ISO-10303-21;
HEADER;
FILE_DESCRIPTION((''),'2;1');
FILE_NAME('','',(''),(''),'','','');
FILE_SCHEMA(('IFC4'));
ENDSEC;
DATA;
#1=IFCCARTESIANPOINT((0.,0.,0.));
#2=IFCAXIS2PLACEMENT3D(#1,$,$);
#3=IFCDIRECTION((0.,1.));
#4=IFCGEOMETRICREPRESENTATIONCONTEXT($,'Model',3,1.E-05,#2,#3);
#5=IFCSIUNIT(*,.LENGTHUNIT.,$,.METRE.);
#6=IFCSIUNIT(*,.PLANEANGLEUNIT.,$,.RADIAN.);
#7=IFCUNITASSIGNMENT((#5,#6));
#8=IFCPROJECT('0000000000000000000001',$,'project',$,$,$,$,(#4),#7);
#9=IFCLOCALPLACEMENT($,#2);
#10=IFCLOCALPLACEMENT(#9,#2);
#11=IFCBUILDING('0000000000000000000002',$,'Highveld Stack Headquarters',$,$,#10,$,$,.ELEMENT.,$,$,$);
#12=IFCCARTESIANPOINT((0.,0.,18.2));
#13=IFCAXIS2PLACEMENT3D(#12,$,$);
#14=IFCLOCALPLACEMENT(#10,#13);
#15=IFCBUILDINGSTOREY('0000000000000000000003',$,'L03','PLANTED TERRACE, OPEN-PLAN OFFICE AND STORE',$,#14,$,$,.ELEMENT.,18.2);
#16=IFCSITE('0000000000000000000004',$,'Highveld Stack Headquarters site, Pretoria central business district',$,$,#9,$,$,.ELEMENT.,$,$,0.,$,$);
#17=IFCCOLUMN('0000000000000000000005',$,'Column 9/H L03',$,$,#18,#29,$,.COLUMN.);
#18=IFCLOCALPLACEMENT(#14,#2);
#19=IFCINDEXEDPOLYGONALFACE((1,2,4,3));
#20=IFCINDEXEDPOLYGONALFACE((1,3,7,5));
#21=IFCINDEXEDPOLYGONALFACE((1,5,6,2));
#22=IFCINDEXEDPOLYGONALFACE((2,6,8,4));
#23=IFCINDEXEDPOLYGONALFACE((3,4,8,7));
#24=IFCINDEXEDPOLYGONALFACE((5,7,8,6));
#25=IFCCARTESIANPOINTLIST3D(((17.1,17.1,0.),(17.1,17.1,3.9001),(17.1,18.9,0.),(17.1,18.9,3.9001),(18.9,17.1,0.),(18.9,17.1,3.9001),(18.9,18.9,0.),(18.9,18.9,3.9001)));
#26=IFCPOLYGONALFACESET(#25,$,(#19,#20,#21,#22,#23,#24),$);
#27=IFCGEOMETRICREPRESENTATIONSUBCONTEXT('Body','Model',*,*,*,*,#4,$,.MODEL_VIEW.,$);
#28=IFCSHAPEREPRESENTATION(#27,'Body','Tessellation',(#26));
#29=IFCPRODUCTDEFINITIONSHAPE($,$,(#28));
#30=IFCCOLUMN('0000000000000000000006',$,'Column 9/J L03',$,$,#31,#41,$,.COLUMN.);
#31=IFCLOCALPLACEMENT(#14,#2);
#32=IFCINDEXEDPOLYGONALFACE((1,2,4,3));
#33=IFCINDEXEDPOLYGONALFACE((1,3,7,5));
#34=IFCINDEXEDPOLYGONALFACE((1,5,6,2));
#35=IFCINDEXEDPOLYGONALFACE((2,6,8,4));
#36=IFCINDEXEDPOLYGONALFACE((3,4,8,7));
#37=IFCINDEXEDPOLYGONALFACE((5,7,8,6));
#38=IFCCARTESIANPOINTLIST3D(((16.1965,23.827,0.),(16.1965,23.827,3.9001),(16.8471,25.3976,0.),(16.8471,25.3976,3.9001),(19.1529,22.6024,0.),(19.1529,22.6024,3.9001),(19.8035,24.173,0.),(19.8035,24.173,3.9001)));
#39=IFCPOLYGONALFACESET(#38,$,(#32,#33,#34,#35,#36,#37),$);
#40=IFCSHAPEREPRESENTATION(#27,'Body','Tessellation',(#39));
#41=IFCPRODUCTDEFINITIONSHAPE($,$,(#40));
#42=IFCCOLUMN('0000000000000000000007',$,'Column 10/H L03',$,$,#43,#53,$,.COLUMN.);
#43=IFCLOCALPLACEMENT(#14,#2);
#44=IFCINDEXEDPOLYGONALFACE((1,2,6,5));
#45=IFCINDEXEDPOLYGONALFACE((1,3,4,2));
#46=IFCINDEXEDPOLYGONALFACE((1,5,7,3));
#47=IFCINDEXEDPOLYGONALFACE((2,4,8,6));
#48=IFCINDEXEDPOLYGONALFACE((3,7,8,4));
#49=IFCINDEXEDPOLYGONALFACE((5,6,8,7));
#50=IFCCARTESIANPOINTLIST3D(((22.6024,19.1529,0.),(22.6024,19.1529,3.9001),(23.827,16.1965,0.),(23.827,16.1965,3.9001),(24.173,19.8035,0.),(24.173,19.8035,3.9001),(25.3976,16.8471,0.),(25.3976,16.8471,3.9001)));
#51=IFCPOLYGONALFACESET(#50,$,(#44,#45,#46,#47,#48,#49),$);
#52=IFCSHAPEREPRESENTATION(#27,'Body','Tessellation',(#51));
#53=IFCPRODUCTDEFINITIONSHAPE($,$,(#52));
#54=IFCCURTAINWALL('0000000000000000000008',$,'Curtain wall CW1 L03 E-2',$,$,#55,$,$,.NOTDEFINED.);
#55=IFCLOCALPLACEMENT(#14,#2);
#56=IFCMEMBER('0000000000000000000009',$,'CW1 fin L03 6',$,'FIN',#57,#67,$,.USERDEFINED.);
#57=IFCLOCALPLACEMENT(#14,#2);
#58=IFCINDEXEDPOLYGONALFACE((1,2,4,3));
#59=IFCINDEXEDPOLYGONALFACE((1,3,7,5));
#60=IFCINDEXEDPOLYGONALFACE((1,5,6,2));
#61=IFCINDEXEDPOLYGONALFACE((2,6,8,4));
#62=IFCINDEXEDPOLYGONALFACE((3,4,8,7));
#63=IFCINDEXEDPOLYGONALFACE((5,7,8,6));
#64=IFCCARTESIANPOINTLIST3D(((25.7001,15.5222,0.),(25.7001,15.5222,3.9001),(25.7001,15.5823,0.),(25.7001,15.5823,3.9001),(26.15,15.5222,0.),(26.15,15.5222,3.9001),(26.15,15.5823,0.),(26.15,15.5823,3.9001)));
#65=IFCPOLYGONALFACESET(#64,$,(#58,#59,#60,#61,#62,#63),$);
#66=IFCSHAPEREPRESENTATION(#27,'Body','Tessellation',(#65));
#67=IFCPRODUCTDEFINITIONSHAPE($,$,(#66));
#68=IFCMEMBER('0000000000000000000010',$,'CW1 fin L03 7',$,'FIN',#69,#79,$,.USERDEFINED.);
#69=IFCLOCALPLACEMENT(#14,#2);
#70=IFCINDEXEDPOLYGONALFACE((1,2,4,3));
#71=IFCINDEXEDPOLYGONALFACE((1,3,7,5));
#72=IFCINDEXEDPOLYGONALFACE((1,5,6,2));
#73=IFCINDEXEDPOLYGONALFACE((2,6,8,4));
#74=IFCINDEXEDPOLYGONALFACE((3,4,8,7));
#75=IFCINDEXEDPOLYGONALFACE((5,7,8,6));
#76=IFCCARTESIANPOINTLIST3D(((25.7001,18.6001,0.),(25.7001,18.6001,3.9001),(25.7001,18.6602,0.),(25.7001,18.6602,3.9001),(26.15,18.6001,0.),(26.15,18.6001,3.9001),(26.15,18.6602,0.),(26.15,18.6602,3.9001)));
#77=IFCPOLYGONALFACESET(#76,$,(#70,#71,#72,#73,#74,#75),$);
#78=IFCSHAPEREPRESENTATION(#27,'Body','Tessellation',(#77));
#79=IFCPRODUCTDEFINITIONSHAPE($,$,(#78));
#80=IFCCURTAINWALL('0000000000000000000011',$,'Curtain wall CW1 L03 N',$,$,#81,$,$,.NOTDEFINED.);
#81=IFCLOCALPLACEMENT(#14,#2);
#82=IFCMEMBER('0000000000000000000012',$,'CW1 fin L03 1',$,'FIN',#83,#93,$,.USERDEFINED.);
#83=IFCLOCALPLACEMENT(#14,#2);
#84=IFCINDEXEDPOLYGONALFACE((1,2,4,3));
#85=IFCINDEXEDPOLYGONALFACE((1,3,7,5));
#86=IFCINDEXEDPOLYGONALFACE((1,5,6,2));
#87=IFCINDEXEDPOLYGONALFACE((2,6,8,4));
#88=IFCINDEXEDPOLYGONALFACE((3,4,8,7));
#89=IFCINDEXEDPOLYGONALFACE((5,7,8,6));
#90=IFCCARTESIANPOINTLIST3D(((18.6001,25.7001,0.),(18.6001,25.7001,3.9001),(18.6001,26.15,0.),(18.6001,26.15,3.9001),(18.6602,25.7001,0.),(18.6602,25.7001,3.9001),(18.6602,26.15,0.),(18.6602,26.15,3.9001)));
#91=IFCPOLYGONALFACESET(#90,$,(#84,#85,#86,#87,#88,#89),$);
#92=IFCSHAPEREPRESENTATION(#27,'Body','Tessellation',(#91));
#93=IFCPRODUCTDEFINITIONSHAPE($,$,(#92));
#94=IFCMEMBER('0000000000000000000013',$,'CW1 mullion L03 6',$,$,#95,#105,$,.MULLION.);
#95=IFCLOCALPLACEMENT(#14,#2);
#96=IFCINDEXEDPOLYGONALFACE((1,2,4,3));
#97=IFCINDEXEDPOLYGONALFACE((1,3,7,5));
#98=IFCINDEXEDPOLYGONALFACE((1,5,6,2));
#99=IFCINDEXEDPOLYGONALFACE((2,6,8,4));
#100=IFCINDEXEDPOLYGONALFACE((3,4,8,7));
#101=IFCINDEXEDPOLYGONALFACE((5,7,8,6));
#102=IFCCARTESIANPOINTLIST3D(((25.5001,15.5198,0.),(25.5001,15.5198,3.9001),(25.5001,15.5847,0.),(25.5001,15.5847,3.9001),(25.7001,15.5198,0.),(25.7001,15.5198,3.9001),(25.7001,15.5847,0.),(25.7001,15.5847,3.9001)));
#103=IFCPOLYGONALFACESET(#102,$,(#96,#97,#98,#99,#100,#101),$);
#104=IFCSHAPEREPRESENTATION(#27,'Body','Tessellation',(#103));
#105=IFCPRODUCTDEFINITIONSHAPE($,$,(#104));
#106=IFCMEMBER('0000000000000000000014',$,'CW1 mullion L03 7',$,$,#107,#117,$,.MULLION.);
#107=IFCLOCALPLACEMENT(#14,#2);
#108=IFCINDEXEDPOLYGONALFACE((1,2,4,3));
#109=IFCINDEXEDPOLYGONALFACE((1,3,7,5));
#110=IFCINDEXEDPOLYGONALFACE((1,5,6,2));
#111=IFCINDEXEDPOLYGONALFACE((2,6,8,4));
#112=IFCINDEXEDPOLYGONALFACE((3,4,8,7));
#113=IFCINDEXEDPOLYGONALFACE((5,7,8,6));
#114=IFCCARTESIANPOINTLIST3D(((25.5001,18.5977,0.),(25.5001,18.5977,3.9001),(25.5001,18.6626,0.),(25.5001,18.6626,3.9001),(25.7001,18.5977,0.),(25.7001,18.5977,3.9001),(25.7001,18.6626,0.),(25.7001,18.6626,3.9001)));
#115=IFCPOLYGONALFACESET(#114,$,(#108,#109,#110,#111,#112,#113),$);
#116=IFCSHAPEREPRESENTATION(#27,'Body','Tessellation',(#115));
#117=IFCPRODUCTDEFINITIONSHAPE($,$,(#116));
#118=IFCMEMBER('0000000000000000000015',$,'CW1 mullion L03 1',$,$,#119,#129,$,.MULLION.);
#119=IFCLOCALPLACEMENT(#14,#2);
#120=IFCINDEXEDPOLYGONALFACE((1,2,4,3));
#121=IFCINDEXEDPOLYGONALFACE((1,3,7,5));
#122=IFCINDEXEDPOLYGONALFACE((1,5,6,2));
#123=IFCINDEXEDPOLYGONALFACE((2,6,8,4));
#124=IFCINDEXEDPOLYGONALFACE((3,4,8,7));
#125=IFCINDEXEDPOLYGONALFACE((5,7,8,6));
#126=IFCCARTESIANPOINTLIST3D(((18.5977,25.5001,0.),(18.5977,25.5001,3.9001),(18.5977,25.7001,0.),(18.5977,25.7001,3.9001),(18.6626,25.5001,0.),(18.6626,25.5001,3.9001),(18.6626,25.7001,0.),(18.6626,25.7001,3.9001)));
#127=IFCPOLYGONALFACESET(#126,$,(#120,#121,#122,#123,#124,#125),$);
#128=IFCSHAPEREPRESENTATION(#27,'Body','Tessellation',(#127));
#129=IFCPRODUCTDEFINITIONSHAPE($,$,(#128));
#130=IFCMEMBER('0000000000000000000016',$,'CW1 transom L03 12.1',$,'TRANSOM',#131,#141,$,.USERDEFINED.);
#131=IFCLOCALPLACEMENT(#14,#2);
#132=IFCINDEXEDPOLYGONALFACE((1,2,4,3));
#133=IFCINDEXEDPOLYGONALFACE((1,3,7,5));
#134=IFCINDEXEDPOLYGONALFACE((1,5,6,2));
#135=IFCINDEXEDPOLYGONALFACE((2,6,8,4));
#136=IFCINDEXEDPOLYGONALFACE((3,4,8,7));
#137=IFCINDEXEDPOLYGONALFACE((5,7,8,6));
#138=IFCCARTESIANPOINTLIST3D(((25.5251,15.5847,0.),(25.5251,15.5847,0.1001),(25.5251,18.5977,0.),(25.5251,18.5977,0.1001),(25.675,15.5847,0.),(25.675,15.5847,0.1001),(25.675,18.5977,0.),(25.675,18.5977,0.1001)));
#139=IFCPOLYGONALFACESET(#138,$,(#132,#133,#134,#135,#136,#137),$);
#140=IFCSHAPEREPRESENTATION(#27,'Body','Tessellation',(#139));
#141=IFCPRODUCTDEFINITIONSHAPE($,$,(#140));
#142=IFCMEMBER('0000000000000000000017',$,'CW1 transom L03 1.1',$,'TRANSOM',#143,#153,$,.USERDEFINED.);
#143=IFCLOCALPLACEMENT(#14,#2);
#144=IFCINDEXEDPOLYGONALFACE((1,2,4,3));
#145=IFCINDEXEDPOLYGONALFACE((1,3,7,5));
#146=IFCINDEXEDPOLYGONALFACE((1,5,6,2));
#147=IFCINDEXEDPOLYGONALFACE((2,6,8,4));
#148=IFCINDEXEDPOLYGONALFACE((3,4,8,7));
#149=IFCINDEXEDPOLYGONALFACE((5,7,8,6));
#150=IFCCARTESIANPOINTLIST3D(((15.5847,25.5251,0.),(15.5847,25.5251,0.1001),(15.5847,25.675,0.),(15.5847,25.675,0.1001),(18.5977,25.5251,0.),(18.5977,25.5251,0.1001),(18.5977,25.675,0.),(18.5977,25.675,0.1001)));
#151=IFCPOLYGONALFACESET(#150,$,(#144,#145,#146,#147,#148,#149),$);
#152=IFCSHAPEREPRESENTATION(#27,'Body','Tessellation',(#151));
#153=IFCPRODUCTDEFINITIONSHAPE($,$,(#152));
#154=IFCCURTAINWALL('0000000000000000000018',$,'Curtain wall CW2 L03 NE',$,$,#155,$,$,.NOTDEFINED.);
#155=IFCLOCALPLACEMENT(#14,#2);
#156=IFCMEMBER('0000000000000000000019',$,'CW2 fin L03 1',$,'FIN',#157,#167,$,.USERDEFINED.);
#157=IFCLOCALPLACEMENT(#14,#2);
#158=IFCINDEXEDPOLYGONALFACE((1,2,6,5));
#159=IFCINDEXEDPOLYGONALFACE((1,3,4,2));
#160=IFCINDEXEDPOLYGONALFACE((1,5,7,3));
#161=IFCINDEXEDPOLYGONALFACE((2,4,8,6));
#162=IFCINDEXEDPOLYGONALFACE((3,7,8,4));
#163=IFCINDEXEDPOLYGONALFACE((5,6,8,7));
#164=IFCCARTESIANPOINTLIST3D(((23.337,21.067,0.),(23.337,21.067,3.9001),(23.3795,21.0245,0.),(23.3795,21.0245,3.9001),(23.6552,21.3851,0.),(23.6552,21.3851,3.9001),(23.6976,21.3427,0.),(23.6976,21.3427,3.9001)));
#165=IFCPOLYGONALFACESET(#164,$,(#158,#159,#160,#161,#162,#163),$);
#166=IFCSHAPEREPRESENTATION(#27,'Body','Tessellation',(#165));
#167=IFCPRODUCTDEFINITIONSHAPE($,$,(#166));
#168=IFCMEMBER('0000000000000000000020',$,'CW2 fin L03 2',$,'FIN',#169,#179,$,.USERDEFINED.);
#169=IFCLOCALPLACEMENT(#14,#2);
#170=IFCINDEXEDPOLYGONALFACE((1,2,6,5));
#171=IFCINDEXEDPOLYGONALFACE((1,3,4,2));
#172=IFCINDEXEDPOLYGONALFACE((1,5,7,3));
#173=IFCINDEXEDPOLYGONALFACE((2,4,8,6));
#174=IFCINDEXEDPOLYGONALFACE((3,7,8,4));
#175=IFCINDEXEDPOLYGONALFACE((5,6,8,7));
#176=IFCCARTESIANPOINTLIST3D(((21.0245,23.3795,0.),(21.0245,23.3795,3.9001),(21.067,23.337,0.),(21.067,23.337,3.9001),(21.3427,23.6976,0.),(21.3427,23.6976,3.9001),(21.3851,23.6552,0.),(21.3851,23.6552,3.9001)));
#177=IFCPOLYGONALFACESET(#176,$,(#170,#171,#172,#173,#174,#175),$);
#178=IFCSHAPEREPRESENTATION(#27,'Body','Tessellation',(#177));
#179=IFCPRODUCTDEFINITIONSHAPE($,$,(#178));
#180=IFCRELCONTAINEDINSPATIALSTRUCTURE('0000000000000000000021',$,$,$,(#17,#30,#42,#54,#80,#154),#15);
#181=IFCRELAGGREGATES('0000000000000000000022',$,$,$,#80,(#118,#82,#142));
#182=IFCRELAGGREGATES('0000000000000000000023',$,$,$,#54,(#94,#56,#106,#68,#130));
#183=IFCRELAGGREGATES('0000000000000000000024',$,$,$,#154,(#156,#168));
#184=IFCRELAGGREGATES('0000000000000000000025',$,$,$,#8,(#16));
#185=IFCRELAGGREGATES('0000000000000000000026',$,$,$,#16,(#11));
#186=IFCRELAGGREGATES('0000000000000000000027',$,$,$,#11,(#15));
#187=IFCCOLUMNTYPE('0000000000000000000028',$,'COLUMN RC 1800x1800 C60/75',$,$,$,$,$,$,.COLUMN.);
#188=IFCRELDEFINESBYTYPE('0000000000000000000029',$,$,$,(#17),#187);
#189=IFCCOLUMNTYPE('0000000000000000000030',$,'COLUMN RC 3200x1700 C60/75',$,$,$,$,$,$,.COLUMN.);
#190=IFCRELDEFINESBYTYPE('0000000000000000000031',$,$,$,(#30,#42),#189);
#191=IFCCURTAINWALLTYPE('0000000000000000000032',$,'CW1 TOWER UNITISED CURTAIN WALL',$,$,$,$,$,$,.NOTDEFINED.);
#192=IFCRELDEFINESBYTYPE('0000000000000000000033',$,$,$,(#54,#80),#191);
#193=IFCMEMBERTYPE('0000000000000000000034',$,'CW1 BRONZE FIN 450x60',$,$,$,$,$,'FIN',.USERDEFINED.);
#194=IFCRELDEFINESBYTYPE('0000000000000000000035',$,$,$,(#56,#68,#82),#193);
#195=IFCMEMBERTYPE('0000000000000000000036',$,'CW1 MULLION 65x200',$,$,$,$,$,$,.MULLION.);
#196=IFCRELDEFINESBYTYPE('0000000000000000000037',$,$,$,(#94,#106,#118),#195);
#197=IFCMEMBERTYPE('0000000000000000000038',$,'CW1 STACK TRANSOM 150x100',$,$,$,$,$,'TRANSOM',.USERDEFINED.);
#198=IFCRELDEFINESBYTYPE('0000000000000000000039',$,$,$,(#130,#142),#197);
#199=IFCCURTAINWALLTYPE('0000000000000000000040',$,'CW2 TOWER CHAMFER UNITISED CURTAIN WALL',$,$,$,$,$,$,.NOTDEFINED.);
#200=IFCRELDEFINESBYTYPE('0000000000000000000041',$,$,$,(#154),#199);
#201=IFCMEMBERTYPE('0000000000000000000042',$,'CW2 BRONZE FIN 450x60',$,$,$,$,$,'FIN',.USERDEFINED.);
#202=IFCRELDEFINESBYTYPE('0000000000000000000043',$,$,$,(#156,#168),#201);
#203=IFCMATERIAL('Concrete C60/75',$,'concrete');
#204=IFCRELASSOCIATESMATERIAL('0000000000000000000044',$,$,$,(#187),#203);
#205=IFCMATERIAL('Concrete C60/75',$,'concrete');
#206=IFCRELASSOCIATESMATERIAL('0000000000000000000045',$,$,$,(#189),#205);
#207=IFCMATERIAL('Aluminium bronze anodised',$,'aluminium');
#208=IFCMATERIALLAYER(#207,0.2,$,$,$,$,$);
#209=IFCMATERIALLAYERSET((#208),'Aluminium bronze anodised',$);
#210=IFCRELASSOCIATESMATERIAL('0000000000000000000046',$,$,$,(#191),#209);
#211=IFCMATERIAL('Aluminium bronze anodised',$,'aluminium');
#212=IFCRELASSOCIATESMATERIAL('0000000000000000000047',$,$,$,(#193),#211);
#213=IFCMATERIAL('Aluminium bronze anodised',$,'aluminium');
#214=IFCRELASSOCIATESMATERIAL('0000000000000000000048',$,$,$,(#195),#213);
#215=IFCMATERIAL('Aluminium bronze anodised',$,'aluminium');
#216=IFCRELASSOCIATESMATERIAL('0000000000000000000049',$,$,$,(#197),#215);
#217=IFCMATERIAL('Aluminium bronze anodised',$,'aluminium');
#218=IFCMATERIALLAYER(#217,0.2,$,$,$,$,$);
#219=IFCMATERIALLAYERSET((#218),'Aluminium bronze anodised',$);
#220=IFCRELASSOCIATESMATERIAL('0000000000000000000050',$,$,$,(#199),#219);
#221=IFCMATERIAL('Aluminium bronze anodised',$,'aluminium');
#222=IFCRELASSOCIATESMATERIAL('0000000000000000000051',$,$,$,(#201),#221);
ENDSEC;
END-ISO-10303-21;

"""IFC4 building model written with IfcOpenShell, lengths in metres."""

from ifc_helpers import new_model, si_unit, direction, frame, origin, origin_2d, place, context, subcontext, project, spatial, rectangle, extrude, material, layer, layer_set, material_profile, profile_set, type_object, element, aggregate, save


model = new_model("IFC4")

# Units and contexts
model_context = context("Model", 3, precision=1e-05, world=origin(), true_north=direction((0.0, 1.0)))
body_context = subcontext(model_context, "Body", "Model", "MODEL_VIEW")
ifc_project = project(units=[si_unit("LENGTHUNIT", "METRE"), si_unit("PLANEANGLEUNIT", "RADIAN")], contexts=[model_context])

# Site, building, storey
site_placement = place(None, origin())
site = spatial("IfcSite", under=ifc_project, at=site_placement, Name="Highveld Stack Headquarters site, Pretoria central business district", CompositionType="ELEMENT", RefElevation=0.0)
building_placement = place(site_placement, origin())
building = spatial("IfcBuilding", under=site, at=building_placement, Name="Highveld Stack Headquarters", CompositionType="ELEMENT")
storey_placement = place(building_placement, frame((0.0, 0.0, 18.2)))
storey = spatial("IfcBuildingStorey", under=building, at=storey_placement, Name="L03", Description="PLANTED TERRACE, OPEN-PLAN OFFICE AND STORE", CompositionType="ELEMENT", Elevation=18.2)

# Columns
ifc_material_1 = material(Name="Concrete C60/75", Category="concrete")
ifc_material_profile_1 = material_profile(ifc_material_1, rectangle(XDim=1.8, YDim=1.8, at=origin_2d()), Name="RC 1800x1800")
ifc_profile_set_1 = profile_set([ifc_material_profile_1], Name="Concrete C60/75")
column_type_1 = type_object("IfcColumnType", Name="COLUMN RC 1800x1800 C60/75", PredefinedType="COLUMN", material=ifc_profile_set_1)
column_placement = place(storey_placement, frame((18.0, 18.0, 0.0), z_axis=(0.0, 0.0, 1.0), x_axis=(1.0, 0.0, 0.0)))
element("IfcColumn", 1, at=column_placement, inside=storey, type_object=column_type_1, Name="Column 9/H L03", PredefinedType="COLUMN", context=body_context, shape_type="SweptSolid", body=[
    extrude(rectangle(XDim=1.8, YDim=1.8, at=origin_2d()), origin(), (0.0, 0.0, 1.0), 3.9001),
])
ifc_material_2 = material(Name="Concrete C60/75", Category="concrete")
ifc_material_profile_2 = material_profile(ifc_material_2, rectangle(XDim=3.2, YDim=1.7, at=origin_2d()), Name="RC 3200x1700")
ifc_profile_set_2 = profile_set([ifc_material_profile_2], Name="Concrete C60/75")
column_type_2 = type_object("IfcColumnType", Name="COLUMN RC 3200x1700 C60/75", PredefinedType="COLUMN", material=ifc_profile_set_2)
for number, where, z_axis, x_axis, name in (
    (2, (18.0, 24.0, 0.0), (0.0, 0.0, 1.0), (0.92388, -0.382683, 0.0), "Column 9/J L03"),
    (3, (24.0, 18.0, 0.0), (0.0, 0.0, 1.0), (0.382683, -0.92388, 0.0), "Column 10/H L03"),
):
    element("IfcColumn", number, at=place(storey_placement, frame(where, z_axis=z_axis, x_axis=x_axis)), inside=storey, type_object=column_type_2, Name=name, PredefinedType="COLUMN", context=body_context, shape_type="SweptSolid", body=[
        extrude(rectangle(XDim=3.2, YDim=1.7, at=origin_2d()), origin(), (0.0, 0.0, 1.0), 3.9001),
    ])

# Curtain wall, members
ifc_material_3 = material(Name="Aluminium bronze anodised", Category="aluminium")
ifc_layer_1 = layer(ifc_material_3, 0.2)
ifc_layer_set_1 = layer_set([ifc_layer_1], Name="Aluminium bronze anodised")
curtain_wall_type_1 = type_object("IfcCurtainWallType", Name="CW1 TOWER UNITISED CURTAIN WALL", PredefinedType="NOTDEFINED", material=ifc_layer_set_1)
curtain_wall_1_placement = place(storey_placement, origin())
curtain_wall_1 = element("IfcCurtainWall", 4, at=curtain_wall_1_placement, inside=storey, type_object=curtain_wall_type_1, Name="Curtain wall CW1 L03 E-2", PredefinedType="NOTDEFINED")
ifc_material_4 = material(Name="Aluminium bronze anodised", Category="aluminium")
ifc_material_profile_3 = material_profile(ifc_material_4, rectangle(XDim=0.45, YDim=0.0601, at=origin_2d()), Name="FIN 450x60")
ifc_profile_set_3 = profile_set([ifc_material_profile_3], Name="Aluminium bronze anodised")
member_type_1 = type_object("IfcMemberType", Name="CW1 BRONZE FIN 450x60", ElementType="FIN", PredefinedType="USERDEFINED", material=ifc_profile_set_3)
member_1_placement = place(storey_placement, frame((25.925, 15.5522, 0.0), z_axis=(0.0, 0.0, 1.0), x_axis=(-1.0, 0.0, 0.0)))
member_1 = element("IfcMember", 5, at=member_1_placement, type_object=member_type_1, Name="CW1 fin L03 6", ObjectType="FIN", PredefinedType="USERDEFINED", context=body_context, shape_type="SweptSolid", body=[
    extrude(rectangle(XDim=0.45, YDim=0.0601, at=origin_2d()), origin(), (0.0, 0.0, 1.0), 3.9001),
])
member_2_placement = place(storey_placement, frame((25.925, 18.6301, 0.0), z_axis=(0.0, 0.0, 1.0), x_axis=(-1.0, 0.0, 0.0)))
member_2 = element("IfcMember", 6, at=member_2_placement, type_object=member_type_1, Name="CW1 fin L03 7", ObjectType="FIN", PredefinedType="USERDEFINED", context=body_context, shape_type="SweptSolid", body=[
    extrude(rectangle(XDim=0.45, YDim=0.0601, at=origin_2d()), origin(), (0.0, 0.0, 1.0), 3.9001),
])

# Curtain wall, member
curtain_wall_2_placement = place(storey_placement, origin())
curtain_wall_2 = element("IfcCurtainWall", 7, at=curtain_wall_2_placement, inside=storey, type_object=curtain_wall_type_1, Name="Curtain wall CW1 L03 N", PredefinedType="NOTDEFINED")
member_3_placement = place(storey_placement, frame((18.6301, 25.925, 0.0), z_axis=(0.0, 0.0, 1.0), x_axis=(0.0, -1.0, 0.0)))
member_3 = element("IfcMember", 8, at=member_3_placement, type_object=member_type_1, Name="CW1 fin L03 1", ObjectType="FIN", PredefinedType="USERDEFINED", context=body_context, shape_type="SweptSolid", body=[
    extrude(rectangle(XDim=0.45, YDim=0.0601, at=origin_2d()), origin(), (0.0, 0.0, 1.0), 3.9001),
])

# Members
ifc_material_5 = material(Name="Aluminium bronze anodised", Category="aluminium")
ifc_material_profile_4 = material_profile(ifc_material_5, rectangle(XDim=0.2, YDim=0.0649, at=origin_2d()), Name="CW1 MULLION 65x200")
ifc_profile_set_4 = profile_set([ifc_material_profile_4], Name="Aluminium bronze anodised")
member_type_2 = type_object("IfcMemberType", Name="CW1 MULLION 65x200", PredefinedType="MULLION", material=ifc_profile_set_4)
member_4_placement = place(storey_placement, frame((25.6001, 15.5522, 0.0), z_axis=(0.0, 0.0, 1.0), x_axis=(-1.0, 0.0, 0.0)))
member_4 = element("IfcMember", 9, at=member_4_placement, type_object=member_type_2, Name="CW1 mullion L03 6", PredefinedType="MULLION", context=body_context, shape_type="SweptSolid", body=[
    extrude(rectangle(XDim=0.2, YDim=0.0649, at=origin_2d()), origin(), (0.0, 0.0, 1.0), 3.9001),
])
member_5_placement = place(storey_placement, frame((25.6001, 18.6301, 0.0), z_axis=(0.0, 0.0, 1.0), x_axis=(-1.0, 0.0, 0.0)))
member_5 = element("IfcMember", 10, at=member_5_placement, type_object=member_type_2, Name="CW1 mullion L03 7", PredefinedType="MULLION", context=body_context, shape_type="SweptSolid", body=[
    extrude(rectangle(XDim=0.2, YDim=0.0649, at=origin_2d()), origin(), (0.0, 0.0, 1.0), 3.9001),
])
member_6_placement = place(storey_placement, frame((18.6301, 25.6001, 0.0), z_axis=(0.0, 0.0, 1.0), x_axis=(0.0, -1.0, 0.0)))
member_6 = element("IfcMember", 11, at=member_6_placement, type_object=member_type_2, Name="CW1 mullion L03 1", PredefinedType="MULLION", context=body_context, shape_type="SweptSolid", body=[
    extrude(rectangle(XDim=0.2, YDim=0.0649, at=origin_2d()), origin(), (0.0, 0.0, 1.0), 3.9001),
])
ifc_material_6 = material(Name="Aluminium bronze anodised", Category="aluminium")
ifc_material_profile_5 = material_profile(ifc_material_6, rectangle(XDim=0.1499, YDim=0.1001, at=origin_2d()), Name="CW1 TRANSOM 150x100")
ifc_profile_set_5 = profile_set([ifc_material_profile_5], Name="Aluminium bronze anodised")
member_type_3 = type_object("IfcMemberType", Name="CW1 STACK TRANSOM 150x100", ElementType="TRANSOM", PredefinedType="USERDEFINED", material=ifc_profile_set_5)
member_7_placement = place(storey_placement, frame((25.6001, 15.5847, 0.05), z_axis=(0.0, 1.0, 0.0), x_axis=(-1.0, 0.0, 0.0)))
member_7 = element("IfcMember", 12, at=member_7_placement, type_object=member_type_3, Name="CW1 transom L03 12.1", ObjectType="TRANSOM", PredefinedType="USERDEFINED", context=body_context, shape_type="SweptSolid", body=[
    extrude(rectangle(XDim=0.1499, YDim=0.1001, at=origin_2d()), origin(), (0.0, 0.0, 1.0), 3.0129),
])
member_8_placement = place(storey_placement, frame((18.5977, 25.6001, 0.05), z_axis=(-1.0, 0.0, 0.0), x_axis=(0.0, -1.0, 0.0)))
member_8 = element("IfcMember", 13, at=member_8_placement, type_object=member_type_3, Name="CW1 transom L03 1.1", ObjectType="TRANSOM", PredefinedType="USERDEFINED", context=body_context, shape_type="SweptSolid", body=[
    extrude(rectangle(XDim=0.1499, YDim=0.1001, at=origin_2d()), origin(), (0.0, 0.0, 1.0), 3.0129),
])
aggregate(curtain_wall_2, [member_6, member_3, member_8])

# Curtain wall, members
ifc_material_7 = material(Name="Aluminium bronze anodised", Category="aluminium")
ifc_layer_2 = layer(ifc_material_7, 0.2)
ifc_layer_set_2 = layer_set([ifc_layer_2], Name="Aluminium bronze anodised")
curtain_wall_type_2 = type_object("IfcCurtainWallType", Name="CW2 TOWER CHAMFER UNITISED CURTAIN WALL", PredefinedType="NOTDEFINED", material=ifc_layer_set_2)
curtain_wall_3_placement = place(storey_placement, origin())
curtain_wall_3 = element("IfcCurtainWall", 14, at=curtain_wall_3_placement, inside=storey, type_object=curtain_wall_type_2, Name="Curtain wall CW2 L03 NE", PredefinedType="NOTDEFINED")
ifc_material_8 = material(Name="Aluminium bronze anodised", Category="aluminium")
ifc_material_profile_6 = material_profile(ifc_material_8, rectangle(XDim=0.45, YDim=0.0601, at=origin_2d()), Name="FIN 450x60")
ifc_profile_set_6 = profile_set([ifc_material_profile_6], Name="Aluminium bronze anodised")
member_type_4 = type_object("IfcMemberType", Name="CW2 BRONZE FIN 450x60", ElementType="FIN", PredefinedType="USERDEFINED", material=ifc_profile_set_6)
member_9_placement = place(storey_placement, frame((23.5173, 21.2048, 0.0), z_axis=(0.0, 0.0, 1.0), x_axis=(-0.707107, -0.707107, 0.0)))
member_9 = element("IfcMember", 15, at=member_9_placement, type_object=member_type_4, Name="CW2 fin L03 1", ObjectType="FIN", PredefinedType="USERDEFINED", context=body_context, shape_type="SweptSolid", body=[
    extrude(rectangle(XDim=0.45, YDim=0.0601, at=origin_2d()), origin(), (0.0, 0.0, 1.0), 3.9001),
])
member_10_placement = place(storey_placement, frame((21.2048, 23.5173, 0.0), z_axis=(0.0, 0.0, 1.0), x_axis=(-0.707107, -0.707107, 0.0)))
member_10 = element("IfcMember", 16, at=member_10_placement, type_object=member_type_4, Name="CW2 fin L03 2", ObjectType="FIN", PredefinedType="USERDEFINED", context=body_context, shape_type="SweptSolid", body=[
    extrude(rectangle(XDim=0.45, YDim=0.0601, at=origin_2d()), origin(), (0.0, 0.0, 1.0), 3.9001),
])

aggregate(curtain_wall_1, [member_4, member_1, member_5, member_2, member_7])
aggregate(curtain_wall_3, [member_9, member_10])

save(model, "model.ifc")
